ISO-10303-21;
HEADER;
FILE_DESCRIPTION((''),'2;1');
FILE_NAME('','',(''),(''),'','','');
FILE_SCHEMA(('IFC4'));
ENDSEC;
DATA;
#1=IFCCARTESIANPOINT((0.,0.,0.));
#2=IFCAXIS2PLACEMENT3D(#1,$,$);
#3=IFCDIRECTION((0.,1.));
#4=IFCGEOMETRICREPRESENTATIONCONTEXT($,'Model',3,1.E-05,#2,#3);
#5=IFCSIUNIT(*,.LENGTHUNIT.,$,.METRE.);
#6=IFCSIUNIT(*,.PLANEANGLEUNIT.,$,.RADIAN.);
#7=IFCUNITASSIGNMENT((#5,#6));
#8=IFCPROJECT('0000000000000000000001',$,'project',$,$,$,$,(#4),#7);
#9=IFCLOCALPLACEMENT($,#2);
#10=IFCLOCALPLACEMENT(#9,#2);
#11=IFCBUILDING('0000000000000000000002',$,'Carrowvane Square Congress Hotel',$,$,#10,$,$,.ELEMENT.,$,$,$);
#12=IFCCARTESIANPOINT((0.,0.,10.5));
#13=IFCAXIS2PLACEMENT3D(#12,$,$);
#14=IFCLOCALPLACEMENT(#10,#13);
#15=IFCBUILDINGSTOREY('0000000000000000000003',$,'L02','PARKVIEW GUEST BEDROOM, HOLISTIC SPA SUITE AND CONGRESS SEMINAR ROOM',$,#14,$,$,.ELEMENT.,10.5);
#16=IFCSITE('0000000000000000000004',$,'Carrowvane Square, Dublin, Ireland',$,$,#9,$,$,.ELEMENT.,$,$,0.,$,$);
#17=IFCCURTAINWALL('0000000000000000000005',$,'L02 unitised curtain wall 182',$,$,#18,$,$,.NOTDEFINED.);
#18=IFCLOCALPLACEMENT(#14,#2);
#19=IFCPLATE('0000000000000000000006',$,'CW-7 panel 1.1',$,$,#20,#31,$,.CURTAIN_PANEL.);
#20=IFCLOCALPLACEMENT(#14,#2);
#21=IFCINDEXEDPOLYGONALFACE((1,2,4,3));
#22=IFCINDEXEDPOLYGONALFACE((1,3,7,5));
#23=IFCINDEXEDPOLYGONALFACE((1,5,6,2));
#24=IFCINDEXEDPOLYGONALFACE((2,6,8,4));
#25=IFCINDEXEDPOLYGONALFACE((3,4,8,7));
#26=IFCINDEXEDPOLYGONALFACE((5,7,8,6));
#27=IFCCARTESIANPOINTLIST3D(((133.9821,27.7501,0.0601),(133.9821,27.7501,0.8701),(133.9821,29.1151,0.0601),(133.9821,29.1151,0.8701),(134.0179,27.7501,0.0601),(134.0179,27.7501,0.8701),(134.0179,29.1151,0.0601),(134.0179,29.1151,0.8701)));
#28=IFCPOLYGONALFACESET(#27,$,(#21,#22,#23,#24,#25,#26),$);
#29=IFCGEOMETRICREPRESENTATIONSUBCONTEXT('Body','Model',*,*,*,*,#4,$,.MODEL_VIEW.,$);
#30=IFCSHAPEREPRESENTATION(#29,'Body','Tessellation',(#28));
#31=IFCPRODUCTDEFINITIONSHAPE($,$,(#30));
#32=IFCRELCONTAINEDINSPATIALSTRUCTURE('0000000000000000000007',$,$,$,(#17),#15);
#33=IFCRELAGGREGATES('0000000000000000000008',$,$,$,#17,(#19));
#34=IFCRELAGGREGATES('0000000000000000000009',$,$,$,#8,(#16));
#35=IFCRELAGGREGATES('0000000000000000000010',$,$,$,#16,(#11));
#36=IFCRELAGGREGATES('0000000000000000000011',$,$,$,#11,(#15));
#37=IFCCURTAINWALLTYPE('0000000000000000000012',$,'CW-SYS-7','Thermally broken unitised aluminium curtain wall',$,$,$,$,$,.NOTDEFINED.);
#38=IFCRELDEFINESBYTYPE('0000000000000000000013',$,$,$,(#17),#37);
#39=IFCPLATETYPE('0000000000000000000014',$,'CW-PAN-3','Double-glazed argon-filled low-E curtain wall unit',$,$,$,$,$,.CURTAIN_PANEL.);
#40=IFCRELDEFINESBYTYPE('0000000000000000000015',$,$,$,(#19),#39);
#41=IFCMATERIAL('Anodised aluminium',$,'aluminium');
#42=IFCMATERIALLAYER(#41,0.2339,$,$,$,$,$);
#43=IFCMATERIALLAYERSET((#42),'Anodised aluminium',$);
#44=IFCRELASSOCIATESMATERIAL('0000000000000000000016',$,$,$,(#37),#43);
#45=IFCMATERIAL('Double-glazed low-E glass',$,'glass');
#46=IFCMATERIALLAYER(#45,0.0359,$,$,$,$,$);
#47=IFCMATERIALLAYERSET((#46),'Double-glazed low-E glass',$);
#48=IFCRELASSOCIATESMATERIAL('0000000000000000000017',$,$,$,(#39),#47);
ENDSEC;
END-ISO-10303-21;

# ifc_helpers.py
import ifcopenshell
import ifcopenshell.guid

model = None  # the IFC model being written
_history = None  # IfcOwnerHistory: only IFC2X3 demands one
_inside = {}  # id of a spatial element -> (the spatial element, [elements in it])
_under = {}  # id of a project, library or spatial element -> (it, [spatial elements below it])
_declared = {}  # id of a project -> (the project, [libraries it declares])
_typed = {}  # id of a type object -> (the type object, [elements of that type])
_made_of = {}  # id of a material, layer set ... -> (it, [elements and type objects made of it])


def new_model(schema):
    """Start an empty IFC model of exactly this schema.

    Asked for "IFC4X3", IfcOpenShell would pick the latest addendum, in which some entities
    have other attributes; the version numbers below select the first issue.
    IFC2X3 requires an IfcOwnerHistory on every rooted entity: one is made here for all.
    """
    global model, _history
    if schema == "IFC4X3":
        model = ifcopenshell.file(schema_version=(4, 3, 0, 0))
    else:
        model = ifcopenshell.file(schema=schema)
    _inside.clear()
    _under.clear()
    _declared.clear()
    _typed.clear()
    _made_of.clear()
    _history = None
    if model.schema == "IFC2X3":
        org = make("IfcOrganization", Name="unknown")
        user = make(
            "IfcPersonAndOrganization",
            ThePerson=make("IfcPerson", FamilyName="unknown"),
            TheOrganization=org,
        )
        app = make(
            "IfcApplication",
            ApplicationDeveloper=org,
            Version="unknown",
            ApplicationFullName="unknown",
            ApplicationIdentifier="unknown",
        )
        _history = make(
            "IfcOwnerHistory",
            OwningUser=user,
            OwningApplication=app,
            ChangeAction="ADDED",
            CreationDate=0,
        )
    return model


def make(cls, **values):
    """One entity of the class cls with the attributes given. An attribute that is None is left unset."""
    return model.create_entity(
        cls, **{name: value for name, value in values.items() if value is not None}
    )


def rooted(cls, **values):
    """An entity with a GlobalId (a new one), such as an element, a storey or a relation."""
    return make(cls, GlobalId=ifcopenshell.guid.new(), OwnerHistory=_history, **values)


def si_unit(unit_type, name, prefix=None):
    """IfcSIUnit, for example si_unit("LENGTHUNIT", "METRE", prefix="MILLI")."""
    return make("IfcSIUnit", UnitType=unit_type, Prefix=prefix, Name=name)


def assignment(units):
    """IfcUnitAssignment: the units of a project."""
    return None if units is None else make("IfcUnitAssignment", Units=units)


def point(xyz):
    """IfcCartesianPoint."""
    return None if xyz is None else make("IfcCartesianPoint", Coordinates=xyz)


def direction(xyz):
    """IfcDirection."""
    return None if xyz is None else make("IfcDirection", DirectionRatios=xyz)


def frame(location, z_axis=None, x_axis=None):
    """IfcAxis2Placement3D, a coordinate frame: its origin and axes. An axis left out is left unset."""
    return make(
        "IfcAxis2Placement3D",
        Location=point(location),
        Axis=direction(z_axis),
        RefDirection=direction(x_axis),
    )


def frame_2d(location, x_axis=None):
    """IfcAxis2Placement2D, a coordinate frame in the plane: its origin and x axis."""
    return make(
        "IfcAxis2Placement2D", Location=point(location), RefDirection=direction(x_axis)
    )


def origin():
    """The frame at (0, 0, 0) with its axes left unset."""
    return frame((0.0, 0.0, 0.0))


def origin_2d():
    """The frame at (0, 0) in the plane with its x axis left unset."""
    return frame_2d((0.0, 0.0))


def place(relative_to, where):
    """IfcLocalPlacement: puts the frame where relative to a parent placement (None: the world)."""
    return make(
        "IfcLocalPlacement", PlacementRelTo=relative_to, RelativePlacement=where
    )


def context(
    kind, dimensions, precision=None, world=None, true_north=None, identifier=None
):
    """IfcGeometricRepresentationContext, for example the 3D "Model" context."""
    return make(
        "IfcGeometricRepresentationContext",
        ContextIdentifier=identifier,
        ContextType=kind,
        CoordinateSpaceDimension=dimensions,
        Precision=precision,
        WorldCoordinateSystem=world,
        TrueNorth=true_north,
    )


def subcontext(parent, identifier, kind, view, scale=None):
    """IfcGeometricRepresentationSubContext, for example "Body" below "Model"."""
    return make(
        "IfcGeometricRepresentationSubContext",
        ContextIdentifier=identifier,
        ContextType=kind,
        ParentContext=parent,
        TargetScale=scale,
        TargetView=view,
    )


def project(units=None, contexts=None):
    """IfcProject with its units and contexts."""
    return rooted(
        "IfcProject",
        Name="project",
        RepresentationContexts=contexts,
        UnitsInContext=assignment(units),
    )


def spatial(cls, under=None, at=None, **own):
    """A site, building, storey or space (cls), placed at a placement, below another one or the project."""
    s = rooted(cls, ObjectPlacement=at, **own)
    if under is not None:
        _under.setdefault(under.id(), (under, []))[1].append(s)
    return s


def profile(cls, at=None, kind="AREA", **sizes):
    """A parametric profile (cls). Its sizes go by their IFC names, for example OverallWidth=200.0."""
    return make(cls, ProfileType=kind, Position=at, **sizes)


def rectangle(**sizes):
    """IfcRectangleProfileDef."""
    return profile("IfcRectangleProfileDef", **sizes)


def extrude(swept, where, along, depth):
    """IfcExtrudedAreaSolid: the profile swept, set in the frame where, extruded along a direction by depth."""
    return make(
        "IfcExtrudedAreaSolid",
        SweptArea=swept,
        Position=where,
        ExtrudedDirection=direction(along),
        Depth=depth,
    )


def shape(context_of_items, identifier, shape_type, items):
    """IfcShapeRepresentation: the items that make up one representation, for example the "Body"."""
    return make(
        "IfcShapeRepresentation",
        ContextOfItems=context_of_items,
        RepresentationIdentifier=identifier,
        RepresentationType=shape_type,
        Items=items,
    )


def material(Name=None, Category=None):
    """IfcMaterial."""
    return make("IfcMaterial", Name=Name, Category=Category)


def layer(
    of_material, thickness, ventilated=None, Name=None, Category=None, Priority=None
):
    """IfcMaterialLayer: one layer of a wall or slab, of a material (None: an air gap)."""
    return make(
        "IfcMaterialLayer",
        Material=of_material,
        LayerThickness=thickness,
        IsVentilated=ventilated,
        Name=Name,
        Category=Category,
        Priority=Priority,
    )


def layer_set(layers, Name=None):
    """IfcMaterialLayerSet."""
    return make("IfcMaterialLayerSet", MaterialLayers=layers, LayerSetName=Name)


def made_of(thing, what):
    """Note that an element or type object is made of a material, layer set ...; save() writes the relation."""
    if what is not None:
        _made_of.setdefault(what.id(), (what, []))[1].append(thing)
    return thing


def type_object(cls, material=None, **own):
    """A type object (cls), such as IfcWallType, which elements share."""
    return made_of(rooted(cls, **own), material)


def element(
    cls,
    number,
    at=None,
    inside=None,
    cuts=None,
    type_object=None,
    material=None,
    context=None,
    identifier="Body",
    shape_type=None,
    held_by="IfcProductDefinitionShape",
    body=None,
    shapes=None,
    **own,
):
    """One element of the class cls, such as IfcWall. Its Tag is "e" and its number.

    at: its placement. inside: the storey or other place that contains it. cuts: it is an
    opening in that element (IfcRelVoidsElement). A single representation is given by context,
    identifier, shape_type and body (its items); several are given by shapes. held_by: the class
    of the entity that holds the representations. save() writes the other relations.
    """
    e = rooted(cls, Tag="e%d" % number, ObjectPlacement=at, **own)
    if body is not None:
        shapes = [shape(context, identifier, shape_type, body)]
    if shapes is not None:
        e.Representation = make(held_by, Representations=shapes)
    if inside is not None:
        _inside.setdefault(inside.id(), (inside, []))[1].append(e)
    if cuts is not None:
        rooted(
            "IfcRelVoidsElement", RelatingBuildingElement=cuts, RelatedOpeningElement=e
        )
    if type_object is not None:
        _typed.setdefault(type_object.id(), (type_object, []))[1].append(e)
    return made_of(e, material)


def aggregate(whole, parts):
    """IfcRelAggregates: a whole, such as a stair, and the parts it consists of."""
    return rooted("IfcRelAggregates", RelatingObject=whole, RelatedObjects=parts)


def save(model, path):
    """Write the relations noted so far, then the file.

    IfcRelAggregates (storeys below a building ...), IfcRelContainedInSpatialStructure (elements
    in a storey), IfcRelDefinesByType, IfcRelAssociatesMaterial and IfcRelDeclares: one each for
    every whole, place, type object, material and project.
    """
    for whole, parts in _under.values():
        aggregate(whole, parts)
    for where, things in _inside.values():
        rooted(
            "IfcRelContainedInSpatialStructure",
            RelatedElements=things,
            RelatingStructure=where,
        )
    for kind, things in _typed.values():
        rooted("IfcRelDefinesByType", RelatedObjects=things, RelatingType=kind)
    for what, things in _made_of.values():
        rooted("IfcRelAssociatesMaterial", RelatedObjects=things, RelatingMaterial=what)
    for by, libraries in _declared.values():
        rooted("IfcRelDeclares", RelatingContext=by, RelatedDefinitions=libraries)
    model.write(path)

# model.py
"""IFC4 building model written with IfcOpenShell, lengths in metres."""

from ifc_helpers import new_model, si_unit, direction, frame, origin, origin_2d, place, context, subcontext, project, spatial, rectangle, extrude, material, layer, layer_set, type_object, element, aggregate, save


model = new_model("IFC4")

# Units and contexts
model_context = context("Model", 3, precision=1e-05, world=origin(), true_north=direction((0.0, 1.0)))
body_context = subcontext(model_context, "Body", "Model", "MODEL_VIEW")
ifc_project = project(units=[si_unit("LENGTHUNIT", "METRE"), si_unit("PLANEANGLEUNIT", "RADIAN")], contexts=[model_context])

# Site, building, storey
site_placement = place(None, origin())
site = spatial("IfcSite", under=ifc_project, at=site_placement, Name="Carrowvane Square, Dublin, Ireland", CompositionType="ELEMENT", RefElevation=0.0)
building_placement = place(site_placement, origin())
building = spatial("IfcBuilding", under=site, at=building_placement, Name="Carrowvane Square Congress Hotel", CompositionType="ELEMENT")
storey_placement = place(building_placement, frame((0.0, 0.0, 10.5)))
storey = spatial("IfcBuildingStorey", under=building, at=storey_placement, Name="L02", Description="PARKVIEW GUEST BEDROOM, HOLISTIC SPA SUITE AND CONGRESS SEMINAR ROOM", CompositionType="ELEMENT", Elevation=10.5)

# Curtain wall
ifc_material_1 = material(Name="Anodised aluminium", Category="aluminium")
ifc_layer_1 = layer(ifc_material_1, 0.2339)
ifc_layer_set_1 = layer_set([ifc_layer_1], Name="Anodised aluminium")
curtain_wall_type_1 = type_object("IfcCurtainWallType", Name="CW-SYS-7", Description="Thermally broken unitised aluminium curtain wall", PredefinedType="NOTDEFINED", material=ifc_layer_set_1)
curtain_wall_1_placement = place(storey_placement, origin())
curtain_wall_1 = element("IfcCurtainWall", 1, at=curtain_wall_1_placement, inside=storey, type_object=curtain_wall_type_1, Name="L02 unitised curtain wall 182", PredefinedType="NOTDEFINED")

# Plate
ifc_material_2 = material(Name="Double-glazed low-E glass", Category="glass")
ifc_layer_2 = layer(ifc_material_2, 0.0359)
ifc_layer_set_2 = layer_set([ifc_layer_2], Name="Double-glazed low-E glass")
plate_type_1 = type_object("IfcPlateType", Name="CW-PAN-3", Description="Double-glazed argon-filled low-E curtain wall unit", PredefinedType="CURTAIN_PANEL", material=ifc_layer_set_2)
plate_1_placement = place(storey_placement, frame((134.0, 28.4326, 0.0601), z_axis=(0.0, 0.0, 1.0), x_axis=(0.0, 1.0, 0.0)))
plate_1 = element("IfcPlate", 2, at=plate_1_placement, type_object=plate_type_1, Name="CW-7 panel 1.1", PredefinedType="CURTAIN_PANEL", context=body_context, shape_type="SweptSolid", body=[
    extrude(rectangle(XDim=1.365, YDim=0.0359, at=origin_2d()), origin(), (0.0, 0.0, 1.0), 0.8101),
])
aggregate(curtain_wall_1, [plate_1])

save(model, "model.ifc")
